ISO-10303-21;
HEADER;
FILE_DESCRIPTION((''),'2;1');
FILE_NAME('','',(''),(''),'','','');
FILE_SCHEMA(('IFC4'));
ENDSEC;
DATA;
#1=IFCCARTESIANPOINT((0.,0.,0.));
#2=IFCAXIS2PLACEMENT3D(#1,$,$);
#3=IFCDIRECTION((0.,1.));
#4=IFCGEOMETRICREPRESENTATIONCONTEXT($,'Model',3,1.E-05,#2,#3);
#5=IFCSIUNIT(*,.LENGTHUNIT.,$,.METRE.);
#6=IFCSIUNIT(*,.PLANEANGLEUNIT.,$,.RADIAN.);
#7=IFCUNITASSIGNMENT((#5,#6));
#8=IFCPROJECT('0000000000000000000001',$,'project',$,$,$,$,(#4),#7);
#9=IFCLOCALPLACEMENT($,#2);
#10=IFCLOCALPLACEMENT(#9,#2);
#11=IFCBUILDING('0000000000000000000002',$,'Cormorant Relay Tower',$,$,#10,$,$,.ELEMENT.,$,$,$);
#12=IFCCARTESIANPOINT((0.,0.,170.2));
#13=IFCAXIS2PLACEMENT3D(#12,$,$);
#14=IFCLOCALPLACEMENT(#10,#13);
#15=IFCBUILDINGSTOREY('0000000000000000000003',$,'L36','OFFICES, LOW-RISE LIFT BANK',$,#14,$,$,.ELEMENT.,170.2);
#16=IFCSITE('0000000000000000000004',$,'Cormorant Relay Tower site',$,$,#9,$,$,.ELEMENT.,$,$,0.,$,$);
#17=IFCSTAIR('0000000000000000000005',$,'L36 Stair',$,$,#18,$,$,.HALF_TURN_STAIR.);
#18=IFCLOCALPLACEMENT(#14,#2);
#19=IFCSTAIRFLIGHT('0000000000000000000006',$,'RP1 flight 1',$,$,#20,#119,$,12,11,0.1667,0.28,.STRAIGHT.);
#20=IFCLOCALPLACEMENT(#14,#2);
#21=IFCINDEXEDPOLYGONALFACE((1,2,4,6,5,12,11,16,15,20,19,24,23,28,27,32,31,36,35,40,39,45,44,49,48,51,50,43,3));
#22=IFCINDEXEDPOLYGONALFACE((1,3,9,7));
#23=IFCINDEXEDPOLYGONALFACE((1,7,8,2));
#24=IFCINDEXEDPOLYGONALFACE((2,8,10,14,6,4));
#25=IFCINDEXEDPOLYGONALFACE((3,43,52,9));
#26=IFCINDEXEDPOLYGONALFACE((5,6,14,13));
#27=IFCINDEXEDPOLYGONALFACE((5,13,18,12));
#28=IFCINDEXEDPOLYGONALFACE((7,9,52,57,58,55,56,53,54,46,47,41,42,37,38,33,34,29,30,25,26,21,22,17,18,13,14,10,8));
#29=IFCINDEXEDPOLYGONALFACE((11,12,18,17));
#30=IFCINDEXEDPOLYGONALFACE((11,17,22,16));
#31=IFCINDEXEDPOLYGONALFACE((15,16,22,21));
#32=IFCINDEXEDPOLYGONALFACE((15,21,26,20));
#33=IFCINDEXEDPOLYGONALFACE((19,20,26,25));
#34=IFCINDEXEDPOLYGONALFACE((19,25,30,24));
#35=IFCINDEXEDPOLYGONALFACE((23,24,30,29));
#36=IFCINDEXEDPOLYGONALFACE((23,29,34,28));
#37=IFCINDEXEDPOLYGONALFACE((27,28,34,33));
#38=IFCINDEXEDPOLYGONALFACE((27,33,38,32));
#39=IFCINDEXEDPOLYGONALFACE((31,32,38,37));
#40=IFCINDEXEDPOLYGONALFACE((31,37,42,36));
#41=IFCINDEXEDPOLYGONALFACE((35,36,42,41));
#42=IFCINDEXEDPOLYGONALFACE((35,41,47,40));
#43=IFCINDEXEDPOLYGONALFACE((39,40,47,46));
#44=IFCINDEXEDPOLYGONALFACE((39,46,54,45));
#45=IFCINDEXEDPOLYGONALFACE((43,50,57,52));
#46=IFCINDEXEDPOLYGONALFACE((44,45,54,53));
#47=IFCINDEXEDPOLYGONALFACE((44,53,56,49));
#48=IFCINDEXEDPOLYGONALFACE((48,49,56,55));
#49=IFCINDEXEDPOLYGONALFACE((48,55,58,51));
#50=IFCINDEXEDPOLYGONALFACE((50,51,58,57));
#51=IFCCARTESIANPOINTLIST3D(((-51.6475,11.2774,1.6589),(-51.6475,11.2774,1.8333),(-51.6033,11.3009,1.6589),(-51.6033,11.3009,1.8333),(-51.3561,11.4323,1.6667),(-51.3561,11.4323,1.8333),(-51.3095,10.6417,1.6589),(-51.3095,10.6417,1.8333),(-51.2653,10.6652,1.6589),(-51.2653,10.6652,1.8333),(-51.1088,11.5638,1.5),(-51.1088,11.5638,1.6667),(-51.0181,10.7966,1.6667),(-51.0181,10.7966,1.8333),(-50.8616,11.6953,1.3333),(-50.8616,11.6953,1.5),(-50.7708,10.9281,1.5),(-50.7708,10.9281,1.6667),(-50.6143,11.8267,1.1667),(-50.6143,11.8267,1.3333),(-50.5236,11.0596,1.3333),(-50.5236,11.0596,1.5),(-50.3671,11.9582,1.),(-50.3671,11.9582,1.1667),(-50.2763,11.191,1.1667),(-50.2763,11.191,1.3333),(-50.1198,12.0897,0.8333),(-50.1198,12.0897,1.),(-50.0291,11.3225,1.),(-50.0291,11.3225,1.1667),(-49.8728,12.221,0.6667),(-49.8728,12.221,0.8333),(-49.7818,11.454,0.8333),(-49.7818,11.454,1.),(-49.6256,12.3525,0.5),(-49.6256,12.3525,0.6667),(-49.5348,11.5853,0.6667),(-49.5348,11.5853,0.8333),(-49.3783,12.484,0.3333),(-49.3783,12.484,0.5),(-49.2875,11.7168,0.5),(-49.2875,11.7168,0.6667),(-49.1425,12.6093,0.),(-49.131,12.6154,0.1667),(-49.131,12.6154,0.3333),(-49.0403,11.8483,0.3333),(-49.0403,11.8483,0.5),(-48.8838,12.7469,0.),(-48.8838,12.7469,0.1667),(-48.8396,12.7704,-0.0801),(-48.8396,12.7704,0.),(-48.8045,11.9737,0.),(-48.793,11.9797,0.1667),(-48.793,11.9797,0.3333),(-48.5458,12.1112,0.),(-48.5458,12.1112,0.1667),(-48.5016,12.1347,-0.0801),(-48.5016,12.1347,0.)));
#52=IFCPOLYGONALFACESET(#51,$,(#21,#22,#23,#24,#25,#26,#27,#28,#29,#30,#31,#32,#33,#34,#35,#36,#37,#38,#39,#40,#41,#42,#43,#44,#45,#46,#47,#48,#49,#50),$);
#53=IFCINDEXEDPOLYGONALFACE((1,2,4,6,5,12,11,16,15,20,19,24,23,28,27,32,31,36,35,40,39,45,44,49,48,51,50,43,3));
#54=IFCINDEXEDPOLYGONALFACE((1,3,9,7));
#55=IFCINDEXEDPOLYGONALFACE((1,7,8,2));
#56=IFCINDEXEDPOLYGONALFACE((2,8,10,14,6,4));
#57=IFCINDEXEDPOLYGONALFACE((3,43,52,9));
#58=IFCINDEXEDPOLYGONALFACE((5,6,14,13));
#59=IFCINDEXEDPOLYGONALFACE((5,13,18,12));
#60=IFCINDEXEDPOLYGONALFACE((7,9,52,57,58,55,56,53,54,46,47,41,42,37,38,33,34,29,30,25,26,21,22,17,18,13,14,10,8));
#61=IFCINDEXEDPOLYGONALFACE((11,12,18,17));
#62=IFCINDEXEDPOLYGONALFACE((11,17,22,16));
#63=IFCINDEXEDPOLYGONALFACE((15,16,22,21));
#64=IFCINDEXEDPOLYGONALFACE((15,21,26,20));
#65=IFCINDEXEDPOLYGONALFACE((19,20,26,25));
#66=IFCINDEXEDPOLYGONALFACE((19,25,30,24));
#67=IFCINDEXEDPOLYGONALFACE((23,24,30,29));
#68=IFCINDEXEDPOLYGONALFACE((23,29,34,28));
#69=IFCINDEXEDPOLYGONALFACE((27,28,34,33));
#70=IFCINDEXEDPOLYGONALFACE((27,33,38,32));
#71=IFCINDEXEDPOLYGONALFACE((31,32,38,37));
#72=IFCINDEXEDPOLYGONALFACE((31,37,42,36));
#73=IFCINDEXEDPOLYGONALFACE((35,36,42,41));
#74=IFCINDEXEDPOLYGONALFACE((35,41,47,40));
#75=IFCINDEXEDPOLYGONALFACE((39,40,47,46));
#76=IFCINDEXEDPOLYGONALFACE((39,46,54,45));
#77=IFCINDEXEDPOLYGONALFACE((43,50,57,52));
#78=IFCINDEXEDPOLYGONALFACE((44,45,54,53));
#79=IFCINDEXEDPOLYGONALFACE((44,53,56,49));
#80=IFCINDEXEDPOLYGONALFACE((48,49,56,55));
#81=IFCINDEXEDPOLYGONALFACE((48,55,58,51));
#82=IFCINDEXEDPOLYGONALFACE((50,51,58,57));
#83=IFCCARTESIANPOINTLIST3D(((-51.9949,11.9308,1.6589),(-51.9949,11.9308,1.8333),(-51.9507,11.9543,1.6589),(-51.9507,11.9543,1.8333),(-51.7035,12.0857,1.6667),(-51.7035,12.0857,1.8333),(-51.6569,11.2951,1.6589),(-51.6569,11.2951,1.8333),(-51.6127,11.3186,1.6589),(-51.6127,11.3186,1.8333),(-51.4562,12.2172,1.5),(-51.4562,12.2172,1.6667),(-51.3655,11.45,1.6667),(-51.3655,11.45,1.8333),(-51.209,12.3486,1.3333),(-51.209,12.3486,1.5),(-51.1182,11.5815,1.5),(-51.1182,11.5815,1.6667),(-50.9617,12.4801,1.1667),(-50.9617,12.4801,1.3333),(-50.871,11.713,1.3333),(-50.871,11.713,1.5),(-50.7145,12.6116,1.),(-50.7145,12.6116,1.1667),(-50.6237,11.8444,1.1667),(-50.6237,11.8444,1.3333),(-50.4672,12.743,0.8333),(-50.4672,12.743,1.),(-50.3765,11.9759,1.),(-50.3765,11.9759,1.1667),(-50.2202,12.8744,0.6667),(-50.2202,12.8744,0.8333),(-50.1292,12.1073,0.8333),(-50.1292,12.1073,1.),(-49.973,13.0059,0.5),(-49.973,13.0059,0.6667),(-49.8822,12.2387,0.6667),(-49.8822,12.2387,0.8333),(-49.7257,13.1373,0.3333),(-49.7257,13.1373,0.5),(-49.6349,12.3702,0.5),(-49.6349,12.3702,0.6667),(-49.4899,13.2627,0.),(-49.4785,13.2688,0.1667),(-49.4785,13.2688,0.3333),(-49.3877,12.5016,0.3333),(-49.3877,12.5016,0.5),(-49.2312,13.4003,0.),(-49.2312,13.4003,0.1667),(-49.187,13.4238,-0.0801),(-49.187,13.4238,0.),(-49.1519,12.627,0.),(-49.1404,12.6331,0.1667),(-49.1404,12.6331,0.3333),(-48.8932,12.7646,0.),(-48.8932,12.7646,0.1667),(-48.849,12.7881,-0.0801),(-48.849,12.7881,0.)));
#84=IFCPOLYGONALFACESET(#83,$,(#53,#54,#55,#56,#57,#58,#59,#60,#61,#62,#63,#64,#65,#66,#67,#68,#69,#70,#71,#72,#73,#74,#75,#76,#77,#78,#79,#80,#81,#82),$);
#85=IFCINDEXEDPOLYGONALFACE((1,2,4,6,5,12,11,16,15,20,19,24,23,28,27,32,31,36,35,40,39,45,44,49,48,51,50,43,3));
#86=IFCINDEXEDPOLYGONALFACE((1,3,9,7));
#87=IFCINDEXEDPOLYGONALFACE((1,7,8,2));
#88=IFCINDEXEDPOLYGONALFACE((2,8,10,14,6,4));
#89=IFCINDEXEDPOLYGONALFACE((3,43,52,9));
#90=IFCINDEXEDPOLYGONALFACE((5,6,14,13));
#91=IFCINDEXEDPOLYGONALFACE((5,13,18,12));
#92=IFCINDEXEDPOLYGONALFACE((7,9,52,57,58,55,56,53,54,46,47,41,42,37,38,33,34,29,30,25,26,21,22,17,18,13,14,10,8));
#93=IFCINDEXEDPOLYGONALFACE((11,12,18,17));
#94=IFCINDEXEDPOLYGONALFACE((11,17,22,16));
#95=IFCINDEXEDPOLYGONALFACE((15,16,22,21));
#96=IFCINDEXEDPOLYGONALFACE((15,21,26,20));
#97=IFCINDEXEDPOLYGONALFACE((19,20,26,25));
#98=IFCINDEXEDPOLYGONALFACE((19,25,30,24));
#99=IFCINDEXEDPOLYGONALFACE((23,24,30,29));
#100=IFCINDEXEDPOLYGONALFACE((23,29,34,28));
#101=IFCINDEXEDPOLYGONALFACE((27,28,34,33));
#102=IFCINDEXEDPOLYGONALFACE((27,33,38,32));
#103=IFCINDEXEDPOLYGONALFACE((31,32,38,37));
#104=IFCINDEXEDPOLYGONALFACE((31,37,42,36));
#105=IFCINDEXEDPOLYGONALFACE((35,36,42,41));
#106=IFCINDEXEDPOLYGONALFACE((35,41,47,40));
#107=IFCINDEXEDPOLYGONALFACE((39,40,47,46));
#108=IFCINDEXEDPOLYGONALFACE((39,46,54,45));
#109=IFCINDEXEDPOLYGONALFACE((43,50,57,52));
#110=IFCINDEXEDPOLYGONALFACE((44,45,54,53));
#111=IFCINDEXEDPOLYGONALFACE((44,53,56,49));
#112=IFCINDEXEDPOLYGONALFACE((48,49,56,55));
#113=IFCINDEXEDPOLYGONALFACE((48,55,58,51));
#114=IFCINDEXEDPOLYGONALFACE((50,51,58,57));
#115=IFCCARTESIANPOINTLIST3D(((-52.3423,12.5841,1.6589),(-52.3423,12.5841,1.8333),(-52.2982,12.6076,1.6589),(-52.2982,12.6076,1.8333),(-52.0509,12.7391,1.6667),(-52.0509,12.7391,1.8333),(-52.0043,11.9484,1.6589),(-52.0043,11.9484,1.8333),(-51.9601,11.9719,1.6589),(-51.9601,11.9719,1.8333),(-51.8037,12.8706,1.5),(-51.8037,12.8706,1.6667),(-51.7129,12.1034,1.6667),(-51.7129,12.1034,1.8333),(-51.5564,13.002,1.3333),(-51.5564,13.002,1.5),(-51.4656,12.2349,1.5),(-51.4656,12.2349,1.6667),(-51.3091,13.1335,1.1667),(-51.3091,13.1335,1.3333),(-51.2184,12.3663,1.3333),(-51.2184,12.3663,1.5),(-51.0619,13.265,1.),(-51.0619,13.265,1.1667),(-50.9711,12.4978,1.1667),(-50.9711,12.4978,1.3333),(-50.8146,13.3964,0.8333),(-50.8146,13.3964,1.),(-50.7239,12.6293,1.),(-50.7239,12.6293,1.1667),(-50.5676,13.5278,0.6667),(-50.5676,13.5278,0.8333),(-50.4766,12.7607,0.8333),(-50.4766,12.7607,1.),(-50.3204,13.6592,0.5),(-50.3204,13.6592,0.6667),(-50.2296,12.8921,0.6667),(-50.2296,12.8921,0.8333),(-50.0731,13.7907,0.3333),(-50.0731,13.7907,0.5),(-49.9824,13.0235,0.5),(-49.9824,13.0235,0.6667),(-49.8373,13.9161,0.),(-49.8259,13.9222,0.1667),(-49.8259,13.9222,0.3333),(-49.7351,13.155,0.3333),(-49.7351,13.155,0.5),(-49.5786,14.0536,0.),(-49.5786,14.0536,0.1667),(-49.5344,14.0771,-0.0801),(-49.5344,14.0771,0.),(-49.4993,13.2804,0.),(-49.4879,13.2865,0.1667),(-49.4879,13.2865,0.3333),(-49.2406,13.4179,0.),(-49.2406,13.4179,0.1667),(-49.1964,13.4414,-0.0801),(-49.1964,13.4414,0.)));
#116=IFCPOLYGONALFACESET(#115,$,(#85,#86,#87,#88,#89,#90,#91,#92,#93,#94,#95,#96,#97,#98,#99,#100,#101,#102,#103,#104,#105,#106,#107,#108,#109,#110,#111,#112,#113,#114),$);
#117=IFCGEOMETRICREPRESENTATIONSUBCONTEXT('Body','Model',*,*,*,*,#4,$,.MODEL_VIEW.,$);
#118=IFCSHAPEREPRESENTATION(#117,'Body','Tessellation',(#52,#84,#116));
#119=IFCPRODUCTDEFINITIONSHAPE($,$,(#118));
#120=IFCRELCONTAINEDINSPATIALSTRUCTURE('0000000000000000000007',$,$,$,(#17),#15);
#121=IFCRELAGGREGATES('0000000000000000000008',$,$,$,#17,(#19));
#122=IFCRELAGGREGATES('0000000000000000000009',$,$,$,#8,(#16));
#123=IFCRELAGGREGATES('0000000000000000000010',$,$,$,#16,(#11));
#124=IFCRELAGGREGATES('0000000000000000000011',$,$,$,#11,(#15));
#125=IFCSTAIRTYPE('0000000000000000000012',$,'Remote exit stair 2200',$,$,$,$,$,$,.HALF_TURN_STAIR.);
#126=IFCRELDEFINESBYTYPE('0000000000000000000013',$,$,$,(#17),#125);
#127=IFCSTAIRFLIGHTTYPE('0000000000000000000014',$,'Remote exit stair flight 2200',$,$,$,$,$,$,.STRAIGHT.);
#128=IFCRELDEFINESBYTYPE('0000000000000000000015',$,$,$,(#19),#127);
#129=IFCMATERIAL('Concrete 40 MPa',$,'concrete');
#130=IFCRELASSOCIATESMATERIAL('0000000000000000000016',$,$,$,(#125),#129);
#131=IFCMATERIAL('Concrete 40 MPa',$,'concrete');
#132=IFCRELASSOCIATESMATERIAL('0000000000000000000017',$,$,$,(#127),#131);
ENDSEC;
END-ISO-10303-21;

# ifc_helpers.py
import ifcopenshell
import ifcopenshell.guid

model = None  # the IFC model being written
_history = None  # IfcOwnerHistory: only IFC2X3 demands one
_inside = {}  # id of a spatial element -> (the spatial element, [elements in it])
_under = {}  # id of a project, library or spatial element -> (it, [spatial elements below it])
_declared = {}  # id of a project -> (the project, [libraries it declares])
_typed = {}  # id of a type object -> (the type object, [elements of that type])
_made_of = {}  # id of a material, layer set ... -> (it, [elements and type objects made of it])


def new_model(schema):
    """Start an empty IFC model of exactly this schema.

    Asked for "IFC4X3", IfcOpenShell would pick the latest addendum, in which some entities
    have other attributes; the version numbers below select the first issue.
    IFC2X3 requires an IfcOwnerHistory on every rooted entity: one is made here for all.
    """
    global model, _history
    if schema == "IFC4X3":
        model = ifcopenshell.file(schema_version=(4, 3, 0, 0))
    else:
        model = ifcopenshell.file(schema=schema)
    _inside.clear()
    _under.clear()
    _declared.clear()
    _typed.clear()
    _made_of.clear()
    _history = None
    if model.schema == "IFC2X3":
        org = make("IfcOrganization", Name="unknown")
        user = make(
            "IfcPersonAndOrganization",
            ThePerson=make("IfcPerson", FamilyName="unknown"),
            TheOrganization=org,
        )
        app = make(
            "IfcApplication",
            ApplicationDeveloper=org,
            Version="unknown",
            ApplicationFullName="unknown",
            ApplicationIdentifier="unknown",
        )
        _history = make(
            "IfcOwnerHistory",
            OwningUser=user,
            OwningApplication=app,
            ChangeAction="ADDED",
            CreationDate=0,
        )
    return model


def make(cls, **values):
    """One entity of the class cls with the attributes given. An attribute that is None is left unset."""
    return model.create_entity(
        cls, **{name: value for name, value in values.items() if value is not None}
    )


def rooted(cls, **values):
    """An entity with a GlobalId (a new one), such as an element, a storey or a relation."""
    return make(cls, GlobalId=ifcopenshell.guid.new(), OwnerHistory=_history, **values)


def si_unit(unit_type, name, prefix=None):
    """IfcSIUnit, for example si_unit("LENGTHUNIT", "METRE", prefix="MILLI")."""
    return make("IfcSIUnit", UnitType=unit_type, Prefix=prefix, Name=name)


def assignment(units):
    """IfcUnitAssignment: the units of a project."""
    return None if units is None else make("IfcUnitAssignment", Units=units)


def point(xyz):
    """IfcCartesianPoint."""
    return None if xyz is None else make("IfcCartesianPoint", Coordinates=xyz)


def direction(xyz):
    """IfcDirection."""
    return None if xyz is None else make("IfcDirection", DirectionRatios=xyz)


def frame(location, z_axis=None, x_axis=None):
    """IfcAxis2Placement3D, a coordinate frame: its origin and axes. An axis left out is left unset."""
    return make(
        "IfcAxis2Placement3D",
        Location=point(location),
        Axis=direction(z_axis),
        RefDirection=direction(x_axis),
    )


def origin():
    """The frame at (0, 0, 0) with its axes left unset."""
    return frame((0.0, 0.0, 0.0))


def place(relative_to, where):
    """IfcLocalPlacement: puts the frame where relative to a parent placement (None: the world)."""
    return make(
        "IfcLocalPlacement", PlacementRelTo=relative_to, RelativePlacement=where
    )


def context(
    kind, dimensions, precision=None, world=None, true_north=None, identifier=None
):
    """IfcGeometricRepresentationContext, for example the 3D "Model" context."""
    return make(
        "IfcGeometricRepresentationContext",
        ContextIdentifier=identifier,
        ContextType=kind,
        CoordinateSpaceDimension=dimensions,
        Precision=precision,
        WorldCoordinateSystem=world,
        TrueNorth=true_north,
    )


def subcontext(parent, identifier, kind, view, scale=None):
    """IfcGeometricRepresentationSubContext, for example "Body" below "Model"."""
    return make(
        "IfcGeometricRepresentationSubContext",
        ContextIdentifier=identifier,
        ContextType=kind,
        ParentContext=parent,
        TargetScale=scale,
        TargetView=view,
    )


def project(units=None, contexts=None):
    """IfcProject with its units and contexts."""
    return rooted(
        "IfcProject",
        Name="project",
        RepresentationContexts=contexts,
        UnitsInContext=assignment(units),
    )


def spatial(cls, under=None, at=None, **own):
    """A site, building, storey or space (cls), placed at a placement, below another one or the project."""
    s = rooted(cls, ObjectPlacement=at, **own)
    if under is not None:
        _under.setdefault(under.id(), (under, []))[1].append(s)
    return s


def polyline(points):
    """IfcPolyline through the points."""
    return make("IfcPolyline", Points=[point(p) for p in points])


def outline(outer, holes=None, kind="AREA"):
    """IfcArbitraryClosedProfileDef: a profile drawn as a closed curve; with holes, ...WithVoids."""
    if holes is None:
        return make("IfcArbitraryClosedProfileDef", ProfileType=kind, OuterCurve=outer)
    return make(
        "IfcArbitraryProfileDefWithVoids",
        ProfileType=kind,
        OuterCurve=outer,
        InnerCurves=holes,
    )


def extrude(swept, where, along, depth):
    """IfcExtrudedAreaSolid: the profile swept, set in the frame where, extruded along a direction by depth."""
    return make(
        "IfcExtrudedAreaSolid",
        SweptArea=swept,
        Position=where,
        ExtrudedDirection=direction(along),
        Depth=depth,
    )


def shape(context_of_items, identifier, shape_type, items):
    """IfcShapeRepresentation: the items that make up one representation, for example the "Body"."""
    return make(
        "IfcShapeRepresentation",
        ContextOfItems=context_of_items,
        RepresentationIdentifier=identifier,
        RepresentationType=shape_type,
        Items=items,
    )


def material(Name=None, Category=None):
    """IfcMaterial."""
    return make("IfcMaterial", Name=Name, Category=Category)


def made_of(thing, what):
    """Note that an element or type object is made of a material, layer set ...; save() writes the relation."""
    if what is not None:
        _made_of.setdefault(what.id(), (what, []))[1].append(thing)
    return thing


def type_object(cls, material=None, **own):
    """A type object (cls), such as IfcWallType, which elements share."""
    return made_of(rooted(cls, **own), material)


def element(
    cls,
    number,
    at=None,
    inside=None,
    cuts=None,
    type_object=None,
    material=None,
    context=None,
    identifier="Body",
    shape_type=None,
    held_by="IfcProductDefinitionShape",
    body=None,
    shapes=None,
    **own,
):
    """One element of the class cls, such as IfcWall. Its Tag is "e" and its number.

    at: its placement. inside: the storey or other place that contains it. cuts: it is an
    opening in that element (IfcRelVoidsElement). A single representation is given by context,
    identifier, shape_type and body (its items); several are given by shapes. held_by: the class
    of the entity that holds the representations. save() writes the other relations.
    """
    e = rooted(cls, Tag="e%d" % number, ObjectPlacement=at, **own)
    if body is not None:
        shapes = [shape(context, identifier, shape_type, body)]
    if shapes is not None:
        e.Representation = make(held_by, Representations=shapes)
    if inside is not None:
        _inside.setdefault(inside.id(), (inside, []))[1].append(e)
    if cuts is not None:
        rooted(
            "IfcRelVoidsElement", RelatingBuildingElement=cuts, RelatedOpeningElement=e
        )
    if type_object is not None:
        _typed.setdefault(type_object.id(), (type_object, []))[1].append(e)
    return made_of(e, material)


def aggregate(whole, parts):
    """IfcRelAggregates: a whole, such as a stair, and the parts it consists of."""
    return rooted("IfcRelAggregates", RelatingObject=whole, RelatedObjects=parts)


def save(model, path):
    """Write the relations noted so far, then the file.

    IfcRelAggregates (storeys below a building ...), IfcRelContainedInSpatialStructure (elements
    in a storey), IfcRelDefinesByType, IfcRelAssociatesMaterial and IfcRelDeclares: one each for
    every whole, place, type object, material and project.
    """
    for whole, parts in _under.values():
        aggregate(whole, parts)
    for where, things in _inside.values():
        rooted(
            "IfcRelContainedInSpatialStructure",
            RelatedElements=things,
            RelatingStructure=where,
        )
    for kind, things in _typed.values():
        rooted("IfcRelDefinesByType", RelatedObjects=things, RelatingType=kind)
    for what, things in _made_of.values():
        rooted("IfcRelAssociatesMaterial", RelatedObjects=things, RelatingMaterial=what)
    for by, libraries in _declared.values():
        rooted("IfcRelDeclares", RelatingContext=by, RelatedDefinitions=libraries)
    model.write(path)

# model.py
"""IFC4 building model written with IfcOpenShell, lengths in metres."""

from ifc_helpers import new_model, si_unit, direction, frame, origin, place, context, subcontext, project, spatial, polyline, outline, extrude, material, type_object, element, aggregate, save


model = new_model("IFC4")

# Units and contexts
model_context = context("Model", 3, precision=1e-05, world=origin(), true_north=direction((0.0, 1.0)))
body_context = subcontext(model_context, "Body", "Model", "MODEL_VIEW")
ifc_project = project(units=[si_unit("LENGTHUNIT", "METRE"), si_unit("PLANEANGLEUNIT", "RADIAN")], contexts=[model_context])

# Site, building, storey
site_placement = place(None, origin())
site = spatial("IfcSite", under=ifc_project, at=site_placement, Name="Cormorant Relay Tower site", CompositionType="ELEMENT", RefElevation=0.0)
building_placement = place(site_placement, origin())
building = spatial("IfcBuilding", under=site, at=building_placement, Name="Cormorant Relay Tower", CompositionType="ELEMENT")
storey_placement = place(building_placement, frame((0.0, 0.0, 170.2)))
storey = spatial("IfcBuildingStorey", under=building, at=storey_placement, Name="L36", Description="OFFICES, LOW-RISE LIFT BANK", CompositionType="ELEMENT", Elevation=170.2)

# Stair, stair flight
ifc_material_1 = material(Name="Concrete 40 MPa", Category="concrete")
stair_type = type_object("IfcStairType", Name="Remote exit stair 2200", PredefinedType="HALF_TURN_STAIR", material=ifc_material_1)
stair_placement = place(storey_placement, origin())
stair = element("IfcStair", 1, at=stair_placement, inside=storey, type_object=stair_type, Name="L36 Stair", PredefinedType="HALF_TURN_STAIR")
ifc_material_2 = material(Name="Concrete 40 MPa", Category="concrete")
stair_flight_type = type_object("IfcStairFlightType", Name="Remote exit stair flight 2200", PredefinedType="STRAIGHT", material=ifc_material_2)
stair_flight_1_placement = place(storey_placement, frame((-49.0623, 13.0825, 0.0), z_axis=(0.0, 0.0, 1.0), x_axis=(-0.882948, -0.469472, 0.0)))
stair_flight_1 = element("IfcStairFlight", 2, at=stair_flight_1_placement, type_object=stair_flight_type, Name="RP1 flight 1", NumberOfRisers=12, NumberOfTreads=11, PredefinedType="STRAIGHT", RiserHeight=0.1667, TreadLength=0.28, context=body_context, shape_type="SweptSolid", body=[
    extrude(outline(polyline([(-0.05, -0.0801), (-0.05, 0.0), (0.0, 0.0), (0.0, 0.1667), (0.28, 0.1667), (0.28, 0.3333), (0.5601, 0.3333), (0.5601, 0.5), (0.8401, 0.5), (0.8401, 0.6667), (1.1201, 0.6667), (1.1201, 0.8333), (1.3999, 0.8333), (1.3999, 1.0), (1.6799, 1.0), (1.6799, 1.1667), (1.96, 1.1667), (1.96, 1.3333), (2.24, 1.3333), (2.24, 1.5), (2.52, 1.5), (2.52, 1.6667), (2.8, 1.6667), (2.8, 1.8333), (3.0801, 1.8333), (3.1301, 1.8333), (3.1301, 1.6589), (3.0801, 1.6589), (0.293, 0.0), (-0.05, -0.0801)])), frame((0.0, 1.1001, 0.0), z_axis=(0.0, -1.0, 0.0), x_axis=(1.0, 0.0, 0.0)), (0.0, 0.0, 1.0), 0.72),
    extrude(outline(polyline([(-0.05, -0.0801), (-0.05, 0.0), (0.0, 0.0), (0.0, 0.1667), (0.28, 0.1667), (0.28, 0.3333), (0.5601, 0.3333), (0.5601, 0.5), (0.8401, 0.5), (0.8401, 0.6667), (1.1201, 0.6667), (1.1201, 0.8333), (1.3999, 0.8333), (1.3999, 1.0), (1.6799, 1.0), (1.6799, 1.1667), (1.96, 1.1667), (1.96, 1.3333), (2.24, 1.3333), (2.24, 1.5), (2.52, 1.5), (2.52, 1.6667), (2.8, 1.6667), (2.8, 1.8333), (3.0801, 1.8333), (3.1301, 1.8333), (3.1301, 1.6589), (3.0801, 1.6589), (0.293, 0.0), (-0.05, -0.0801)])), frame((0.0, 0.3601, 0.0), z_axis=(0.0, -1.0, 0.0), x_axis=(1.0, 0.0, 0.0)), (0.0, 0.0, 1.0), 0.72),
    extrude(outline(polyline([(-0.05, -0.0801), (-0.05, 0.0), (0.0, 0.0), (0.0, 0.1667), (0.28, 0.1667), (0.28, 0.3333), (0.5601, 0.3333), (0.5601, 0.5), (0.8401, 0.5), (0.8401, 0.6667), (1.1201, 0.6667), (1.1201, 0.8333), (1.3999, 0.8333), (1.3999, 1.0), (1.6799, 1.0), (1.6799, 1.1667), (1.96, 1.1667), (1.96, 1.3333), (2.24, 1.3333), (2.24, 1.5), (2.52, 1.5), (2.52, 1.6667), (2.8, 1.6667), (2.8, 1.8333), (3.0801, 1.8333), (3.1301, 1.8333), (3.1301, 1.6589), (3.0801, 1.6589), (0.293, 0.0), (-0.05, -0.0801)])), frame((0.0, -0.3799, 0.0), z_axis=(0.0, -1.0, 0.0), x_axis=(1.0, 0.0, 0.0)), (0.0, 0.0, 1.0), 0.72),
])
aggregate(stair, [stair_flight_1])

save(model, "model.ifc")
